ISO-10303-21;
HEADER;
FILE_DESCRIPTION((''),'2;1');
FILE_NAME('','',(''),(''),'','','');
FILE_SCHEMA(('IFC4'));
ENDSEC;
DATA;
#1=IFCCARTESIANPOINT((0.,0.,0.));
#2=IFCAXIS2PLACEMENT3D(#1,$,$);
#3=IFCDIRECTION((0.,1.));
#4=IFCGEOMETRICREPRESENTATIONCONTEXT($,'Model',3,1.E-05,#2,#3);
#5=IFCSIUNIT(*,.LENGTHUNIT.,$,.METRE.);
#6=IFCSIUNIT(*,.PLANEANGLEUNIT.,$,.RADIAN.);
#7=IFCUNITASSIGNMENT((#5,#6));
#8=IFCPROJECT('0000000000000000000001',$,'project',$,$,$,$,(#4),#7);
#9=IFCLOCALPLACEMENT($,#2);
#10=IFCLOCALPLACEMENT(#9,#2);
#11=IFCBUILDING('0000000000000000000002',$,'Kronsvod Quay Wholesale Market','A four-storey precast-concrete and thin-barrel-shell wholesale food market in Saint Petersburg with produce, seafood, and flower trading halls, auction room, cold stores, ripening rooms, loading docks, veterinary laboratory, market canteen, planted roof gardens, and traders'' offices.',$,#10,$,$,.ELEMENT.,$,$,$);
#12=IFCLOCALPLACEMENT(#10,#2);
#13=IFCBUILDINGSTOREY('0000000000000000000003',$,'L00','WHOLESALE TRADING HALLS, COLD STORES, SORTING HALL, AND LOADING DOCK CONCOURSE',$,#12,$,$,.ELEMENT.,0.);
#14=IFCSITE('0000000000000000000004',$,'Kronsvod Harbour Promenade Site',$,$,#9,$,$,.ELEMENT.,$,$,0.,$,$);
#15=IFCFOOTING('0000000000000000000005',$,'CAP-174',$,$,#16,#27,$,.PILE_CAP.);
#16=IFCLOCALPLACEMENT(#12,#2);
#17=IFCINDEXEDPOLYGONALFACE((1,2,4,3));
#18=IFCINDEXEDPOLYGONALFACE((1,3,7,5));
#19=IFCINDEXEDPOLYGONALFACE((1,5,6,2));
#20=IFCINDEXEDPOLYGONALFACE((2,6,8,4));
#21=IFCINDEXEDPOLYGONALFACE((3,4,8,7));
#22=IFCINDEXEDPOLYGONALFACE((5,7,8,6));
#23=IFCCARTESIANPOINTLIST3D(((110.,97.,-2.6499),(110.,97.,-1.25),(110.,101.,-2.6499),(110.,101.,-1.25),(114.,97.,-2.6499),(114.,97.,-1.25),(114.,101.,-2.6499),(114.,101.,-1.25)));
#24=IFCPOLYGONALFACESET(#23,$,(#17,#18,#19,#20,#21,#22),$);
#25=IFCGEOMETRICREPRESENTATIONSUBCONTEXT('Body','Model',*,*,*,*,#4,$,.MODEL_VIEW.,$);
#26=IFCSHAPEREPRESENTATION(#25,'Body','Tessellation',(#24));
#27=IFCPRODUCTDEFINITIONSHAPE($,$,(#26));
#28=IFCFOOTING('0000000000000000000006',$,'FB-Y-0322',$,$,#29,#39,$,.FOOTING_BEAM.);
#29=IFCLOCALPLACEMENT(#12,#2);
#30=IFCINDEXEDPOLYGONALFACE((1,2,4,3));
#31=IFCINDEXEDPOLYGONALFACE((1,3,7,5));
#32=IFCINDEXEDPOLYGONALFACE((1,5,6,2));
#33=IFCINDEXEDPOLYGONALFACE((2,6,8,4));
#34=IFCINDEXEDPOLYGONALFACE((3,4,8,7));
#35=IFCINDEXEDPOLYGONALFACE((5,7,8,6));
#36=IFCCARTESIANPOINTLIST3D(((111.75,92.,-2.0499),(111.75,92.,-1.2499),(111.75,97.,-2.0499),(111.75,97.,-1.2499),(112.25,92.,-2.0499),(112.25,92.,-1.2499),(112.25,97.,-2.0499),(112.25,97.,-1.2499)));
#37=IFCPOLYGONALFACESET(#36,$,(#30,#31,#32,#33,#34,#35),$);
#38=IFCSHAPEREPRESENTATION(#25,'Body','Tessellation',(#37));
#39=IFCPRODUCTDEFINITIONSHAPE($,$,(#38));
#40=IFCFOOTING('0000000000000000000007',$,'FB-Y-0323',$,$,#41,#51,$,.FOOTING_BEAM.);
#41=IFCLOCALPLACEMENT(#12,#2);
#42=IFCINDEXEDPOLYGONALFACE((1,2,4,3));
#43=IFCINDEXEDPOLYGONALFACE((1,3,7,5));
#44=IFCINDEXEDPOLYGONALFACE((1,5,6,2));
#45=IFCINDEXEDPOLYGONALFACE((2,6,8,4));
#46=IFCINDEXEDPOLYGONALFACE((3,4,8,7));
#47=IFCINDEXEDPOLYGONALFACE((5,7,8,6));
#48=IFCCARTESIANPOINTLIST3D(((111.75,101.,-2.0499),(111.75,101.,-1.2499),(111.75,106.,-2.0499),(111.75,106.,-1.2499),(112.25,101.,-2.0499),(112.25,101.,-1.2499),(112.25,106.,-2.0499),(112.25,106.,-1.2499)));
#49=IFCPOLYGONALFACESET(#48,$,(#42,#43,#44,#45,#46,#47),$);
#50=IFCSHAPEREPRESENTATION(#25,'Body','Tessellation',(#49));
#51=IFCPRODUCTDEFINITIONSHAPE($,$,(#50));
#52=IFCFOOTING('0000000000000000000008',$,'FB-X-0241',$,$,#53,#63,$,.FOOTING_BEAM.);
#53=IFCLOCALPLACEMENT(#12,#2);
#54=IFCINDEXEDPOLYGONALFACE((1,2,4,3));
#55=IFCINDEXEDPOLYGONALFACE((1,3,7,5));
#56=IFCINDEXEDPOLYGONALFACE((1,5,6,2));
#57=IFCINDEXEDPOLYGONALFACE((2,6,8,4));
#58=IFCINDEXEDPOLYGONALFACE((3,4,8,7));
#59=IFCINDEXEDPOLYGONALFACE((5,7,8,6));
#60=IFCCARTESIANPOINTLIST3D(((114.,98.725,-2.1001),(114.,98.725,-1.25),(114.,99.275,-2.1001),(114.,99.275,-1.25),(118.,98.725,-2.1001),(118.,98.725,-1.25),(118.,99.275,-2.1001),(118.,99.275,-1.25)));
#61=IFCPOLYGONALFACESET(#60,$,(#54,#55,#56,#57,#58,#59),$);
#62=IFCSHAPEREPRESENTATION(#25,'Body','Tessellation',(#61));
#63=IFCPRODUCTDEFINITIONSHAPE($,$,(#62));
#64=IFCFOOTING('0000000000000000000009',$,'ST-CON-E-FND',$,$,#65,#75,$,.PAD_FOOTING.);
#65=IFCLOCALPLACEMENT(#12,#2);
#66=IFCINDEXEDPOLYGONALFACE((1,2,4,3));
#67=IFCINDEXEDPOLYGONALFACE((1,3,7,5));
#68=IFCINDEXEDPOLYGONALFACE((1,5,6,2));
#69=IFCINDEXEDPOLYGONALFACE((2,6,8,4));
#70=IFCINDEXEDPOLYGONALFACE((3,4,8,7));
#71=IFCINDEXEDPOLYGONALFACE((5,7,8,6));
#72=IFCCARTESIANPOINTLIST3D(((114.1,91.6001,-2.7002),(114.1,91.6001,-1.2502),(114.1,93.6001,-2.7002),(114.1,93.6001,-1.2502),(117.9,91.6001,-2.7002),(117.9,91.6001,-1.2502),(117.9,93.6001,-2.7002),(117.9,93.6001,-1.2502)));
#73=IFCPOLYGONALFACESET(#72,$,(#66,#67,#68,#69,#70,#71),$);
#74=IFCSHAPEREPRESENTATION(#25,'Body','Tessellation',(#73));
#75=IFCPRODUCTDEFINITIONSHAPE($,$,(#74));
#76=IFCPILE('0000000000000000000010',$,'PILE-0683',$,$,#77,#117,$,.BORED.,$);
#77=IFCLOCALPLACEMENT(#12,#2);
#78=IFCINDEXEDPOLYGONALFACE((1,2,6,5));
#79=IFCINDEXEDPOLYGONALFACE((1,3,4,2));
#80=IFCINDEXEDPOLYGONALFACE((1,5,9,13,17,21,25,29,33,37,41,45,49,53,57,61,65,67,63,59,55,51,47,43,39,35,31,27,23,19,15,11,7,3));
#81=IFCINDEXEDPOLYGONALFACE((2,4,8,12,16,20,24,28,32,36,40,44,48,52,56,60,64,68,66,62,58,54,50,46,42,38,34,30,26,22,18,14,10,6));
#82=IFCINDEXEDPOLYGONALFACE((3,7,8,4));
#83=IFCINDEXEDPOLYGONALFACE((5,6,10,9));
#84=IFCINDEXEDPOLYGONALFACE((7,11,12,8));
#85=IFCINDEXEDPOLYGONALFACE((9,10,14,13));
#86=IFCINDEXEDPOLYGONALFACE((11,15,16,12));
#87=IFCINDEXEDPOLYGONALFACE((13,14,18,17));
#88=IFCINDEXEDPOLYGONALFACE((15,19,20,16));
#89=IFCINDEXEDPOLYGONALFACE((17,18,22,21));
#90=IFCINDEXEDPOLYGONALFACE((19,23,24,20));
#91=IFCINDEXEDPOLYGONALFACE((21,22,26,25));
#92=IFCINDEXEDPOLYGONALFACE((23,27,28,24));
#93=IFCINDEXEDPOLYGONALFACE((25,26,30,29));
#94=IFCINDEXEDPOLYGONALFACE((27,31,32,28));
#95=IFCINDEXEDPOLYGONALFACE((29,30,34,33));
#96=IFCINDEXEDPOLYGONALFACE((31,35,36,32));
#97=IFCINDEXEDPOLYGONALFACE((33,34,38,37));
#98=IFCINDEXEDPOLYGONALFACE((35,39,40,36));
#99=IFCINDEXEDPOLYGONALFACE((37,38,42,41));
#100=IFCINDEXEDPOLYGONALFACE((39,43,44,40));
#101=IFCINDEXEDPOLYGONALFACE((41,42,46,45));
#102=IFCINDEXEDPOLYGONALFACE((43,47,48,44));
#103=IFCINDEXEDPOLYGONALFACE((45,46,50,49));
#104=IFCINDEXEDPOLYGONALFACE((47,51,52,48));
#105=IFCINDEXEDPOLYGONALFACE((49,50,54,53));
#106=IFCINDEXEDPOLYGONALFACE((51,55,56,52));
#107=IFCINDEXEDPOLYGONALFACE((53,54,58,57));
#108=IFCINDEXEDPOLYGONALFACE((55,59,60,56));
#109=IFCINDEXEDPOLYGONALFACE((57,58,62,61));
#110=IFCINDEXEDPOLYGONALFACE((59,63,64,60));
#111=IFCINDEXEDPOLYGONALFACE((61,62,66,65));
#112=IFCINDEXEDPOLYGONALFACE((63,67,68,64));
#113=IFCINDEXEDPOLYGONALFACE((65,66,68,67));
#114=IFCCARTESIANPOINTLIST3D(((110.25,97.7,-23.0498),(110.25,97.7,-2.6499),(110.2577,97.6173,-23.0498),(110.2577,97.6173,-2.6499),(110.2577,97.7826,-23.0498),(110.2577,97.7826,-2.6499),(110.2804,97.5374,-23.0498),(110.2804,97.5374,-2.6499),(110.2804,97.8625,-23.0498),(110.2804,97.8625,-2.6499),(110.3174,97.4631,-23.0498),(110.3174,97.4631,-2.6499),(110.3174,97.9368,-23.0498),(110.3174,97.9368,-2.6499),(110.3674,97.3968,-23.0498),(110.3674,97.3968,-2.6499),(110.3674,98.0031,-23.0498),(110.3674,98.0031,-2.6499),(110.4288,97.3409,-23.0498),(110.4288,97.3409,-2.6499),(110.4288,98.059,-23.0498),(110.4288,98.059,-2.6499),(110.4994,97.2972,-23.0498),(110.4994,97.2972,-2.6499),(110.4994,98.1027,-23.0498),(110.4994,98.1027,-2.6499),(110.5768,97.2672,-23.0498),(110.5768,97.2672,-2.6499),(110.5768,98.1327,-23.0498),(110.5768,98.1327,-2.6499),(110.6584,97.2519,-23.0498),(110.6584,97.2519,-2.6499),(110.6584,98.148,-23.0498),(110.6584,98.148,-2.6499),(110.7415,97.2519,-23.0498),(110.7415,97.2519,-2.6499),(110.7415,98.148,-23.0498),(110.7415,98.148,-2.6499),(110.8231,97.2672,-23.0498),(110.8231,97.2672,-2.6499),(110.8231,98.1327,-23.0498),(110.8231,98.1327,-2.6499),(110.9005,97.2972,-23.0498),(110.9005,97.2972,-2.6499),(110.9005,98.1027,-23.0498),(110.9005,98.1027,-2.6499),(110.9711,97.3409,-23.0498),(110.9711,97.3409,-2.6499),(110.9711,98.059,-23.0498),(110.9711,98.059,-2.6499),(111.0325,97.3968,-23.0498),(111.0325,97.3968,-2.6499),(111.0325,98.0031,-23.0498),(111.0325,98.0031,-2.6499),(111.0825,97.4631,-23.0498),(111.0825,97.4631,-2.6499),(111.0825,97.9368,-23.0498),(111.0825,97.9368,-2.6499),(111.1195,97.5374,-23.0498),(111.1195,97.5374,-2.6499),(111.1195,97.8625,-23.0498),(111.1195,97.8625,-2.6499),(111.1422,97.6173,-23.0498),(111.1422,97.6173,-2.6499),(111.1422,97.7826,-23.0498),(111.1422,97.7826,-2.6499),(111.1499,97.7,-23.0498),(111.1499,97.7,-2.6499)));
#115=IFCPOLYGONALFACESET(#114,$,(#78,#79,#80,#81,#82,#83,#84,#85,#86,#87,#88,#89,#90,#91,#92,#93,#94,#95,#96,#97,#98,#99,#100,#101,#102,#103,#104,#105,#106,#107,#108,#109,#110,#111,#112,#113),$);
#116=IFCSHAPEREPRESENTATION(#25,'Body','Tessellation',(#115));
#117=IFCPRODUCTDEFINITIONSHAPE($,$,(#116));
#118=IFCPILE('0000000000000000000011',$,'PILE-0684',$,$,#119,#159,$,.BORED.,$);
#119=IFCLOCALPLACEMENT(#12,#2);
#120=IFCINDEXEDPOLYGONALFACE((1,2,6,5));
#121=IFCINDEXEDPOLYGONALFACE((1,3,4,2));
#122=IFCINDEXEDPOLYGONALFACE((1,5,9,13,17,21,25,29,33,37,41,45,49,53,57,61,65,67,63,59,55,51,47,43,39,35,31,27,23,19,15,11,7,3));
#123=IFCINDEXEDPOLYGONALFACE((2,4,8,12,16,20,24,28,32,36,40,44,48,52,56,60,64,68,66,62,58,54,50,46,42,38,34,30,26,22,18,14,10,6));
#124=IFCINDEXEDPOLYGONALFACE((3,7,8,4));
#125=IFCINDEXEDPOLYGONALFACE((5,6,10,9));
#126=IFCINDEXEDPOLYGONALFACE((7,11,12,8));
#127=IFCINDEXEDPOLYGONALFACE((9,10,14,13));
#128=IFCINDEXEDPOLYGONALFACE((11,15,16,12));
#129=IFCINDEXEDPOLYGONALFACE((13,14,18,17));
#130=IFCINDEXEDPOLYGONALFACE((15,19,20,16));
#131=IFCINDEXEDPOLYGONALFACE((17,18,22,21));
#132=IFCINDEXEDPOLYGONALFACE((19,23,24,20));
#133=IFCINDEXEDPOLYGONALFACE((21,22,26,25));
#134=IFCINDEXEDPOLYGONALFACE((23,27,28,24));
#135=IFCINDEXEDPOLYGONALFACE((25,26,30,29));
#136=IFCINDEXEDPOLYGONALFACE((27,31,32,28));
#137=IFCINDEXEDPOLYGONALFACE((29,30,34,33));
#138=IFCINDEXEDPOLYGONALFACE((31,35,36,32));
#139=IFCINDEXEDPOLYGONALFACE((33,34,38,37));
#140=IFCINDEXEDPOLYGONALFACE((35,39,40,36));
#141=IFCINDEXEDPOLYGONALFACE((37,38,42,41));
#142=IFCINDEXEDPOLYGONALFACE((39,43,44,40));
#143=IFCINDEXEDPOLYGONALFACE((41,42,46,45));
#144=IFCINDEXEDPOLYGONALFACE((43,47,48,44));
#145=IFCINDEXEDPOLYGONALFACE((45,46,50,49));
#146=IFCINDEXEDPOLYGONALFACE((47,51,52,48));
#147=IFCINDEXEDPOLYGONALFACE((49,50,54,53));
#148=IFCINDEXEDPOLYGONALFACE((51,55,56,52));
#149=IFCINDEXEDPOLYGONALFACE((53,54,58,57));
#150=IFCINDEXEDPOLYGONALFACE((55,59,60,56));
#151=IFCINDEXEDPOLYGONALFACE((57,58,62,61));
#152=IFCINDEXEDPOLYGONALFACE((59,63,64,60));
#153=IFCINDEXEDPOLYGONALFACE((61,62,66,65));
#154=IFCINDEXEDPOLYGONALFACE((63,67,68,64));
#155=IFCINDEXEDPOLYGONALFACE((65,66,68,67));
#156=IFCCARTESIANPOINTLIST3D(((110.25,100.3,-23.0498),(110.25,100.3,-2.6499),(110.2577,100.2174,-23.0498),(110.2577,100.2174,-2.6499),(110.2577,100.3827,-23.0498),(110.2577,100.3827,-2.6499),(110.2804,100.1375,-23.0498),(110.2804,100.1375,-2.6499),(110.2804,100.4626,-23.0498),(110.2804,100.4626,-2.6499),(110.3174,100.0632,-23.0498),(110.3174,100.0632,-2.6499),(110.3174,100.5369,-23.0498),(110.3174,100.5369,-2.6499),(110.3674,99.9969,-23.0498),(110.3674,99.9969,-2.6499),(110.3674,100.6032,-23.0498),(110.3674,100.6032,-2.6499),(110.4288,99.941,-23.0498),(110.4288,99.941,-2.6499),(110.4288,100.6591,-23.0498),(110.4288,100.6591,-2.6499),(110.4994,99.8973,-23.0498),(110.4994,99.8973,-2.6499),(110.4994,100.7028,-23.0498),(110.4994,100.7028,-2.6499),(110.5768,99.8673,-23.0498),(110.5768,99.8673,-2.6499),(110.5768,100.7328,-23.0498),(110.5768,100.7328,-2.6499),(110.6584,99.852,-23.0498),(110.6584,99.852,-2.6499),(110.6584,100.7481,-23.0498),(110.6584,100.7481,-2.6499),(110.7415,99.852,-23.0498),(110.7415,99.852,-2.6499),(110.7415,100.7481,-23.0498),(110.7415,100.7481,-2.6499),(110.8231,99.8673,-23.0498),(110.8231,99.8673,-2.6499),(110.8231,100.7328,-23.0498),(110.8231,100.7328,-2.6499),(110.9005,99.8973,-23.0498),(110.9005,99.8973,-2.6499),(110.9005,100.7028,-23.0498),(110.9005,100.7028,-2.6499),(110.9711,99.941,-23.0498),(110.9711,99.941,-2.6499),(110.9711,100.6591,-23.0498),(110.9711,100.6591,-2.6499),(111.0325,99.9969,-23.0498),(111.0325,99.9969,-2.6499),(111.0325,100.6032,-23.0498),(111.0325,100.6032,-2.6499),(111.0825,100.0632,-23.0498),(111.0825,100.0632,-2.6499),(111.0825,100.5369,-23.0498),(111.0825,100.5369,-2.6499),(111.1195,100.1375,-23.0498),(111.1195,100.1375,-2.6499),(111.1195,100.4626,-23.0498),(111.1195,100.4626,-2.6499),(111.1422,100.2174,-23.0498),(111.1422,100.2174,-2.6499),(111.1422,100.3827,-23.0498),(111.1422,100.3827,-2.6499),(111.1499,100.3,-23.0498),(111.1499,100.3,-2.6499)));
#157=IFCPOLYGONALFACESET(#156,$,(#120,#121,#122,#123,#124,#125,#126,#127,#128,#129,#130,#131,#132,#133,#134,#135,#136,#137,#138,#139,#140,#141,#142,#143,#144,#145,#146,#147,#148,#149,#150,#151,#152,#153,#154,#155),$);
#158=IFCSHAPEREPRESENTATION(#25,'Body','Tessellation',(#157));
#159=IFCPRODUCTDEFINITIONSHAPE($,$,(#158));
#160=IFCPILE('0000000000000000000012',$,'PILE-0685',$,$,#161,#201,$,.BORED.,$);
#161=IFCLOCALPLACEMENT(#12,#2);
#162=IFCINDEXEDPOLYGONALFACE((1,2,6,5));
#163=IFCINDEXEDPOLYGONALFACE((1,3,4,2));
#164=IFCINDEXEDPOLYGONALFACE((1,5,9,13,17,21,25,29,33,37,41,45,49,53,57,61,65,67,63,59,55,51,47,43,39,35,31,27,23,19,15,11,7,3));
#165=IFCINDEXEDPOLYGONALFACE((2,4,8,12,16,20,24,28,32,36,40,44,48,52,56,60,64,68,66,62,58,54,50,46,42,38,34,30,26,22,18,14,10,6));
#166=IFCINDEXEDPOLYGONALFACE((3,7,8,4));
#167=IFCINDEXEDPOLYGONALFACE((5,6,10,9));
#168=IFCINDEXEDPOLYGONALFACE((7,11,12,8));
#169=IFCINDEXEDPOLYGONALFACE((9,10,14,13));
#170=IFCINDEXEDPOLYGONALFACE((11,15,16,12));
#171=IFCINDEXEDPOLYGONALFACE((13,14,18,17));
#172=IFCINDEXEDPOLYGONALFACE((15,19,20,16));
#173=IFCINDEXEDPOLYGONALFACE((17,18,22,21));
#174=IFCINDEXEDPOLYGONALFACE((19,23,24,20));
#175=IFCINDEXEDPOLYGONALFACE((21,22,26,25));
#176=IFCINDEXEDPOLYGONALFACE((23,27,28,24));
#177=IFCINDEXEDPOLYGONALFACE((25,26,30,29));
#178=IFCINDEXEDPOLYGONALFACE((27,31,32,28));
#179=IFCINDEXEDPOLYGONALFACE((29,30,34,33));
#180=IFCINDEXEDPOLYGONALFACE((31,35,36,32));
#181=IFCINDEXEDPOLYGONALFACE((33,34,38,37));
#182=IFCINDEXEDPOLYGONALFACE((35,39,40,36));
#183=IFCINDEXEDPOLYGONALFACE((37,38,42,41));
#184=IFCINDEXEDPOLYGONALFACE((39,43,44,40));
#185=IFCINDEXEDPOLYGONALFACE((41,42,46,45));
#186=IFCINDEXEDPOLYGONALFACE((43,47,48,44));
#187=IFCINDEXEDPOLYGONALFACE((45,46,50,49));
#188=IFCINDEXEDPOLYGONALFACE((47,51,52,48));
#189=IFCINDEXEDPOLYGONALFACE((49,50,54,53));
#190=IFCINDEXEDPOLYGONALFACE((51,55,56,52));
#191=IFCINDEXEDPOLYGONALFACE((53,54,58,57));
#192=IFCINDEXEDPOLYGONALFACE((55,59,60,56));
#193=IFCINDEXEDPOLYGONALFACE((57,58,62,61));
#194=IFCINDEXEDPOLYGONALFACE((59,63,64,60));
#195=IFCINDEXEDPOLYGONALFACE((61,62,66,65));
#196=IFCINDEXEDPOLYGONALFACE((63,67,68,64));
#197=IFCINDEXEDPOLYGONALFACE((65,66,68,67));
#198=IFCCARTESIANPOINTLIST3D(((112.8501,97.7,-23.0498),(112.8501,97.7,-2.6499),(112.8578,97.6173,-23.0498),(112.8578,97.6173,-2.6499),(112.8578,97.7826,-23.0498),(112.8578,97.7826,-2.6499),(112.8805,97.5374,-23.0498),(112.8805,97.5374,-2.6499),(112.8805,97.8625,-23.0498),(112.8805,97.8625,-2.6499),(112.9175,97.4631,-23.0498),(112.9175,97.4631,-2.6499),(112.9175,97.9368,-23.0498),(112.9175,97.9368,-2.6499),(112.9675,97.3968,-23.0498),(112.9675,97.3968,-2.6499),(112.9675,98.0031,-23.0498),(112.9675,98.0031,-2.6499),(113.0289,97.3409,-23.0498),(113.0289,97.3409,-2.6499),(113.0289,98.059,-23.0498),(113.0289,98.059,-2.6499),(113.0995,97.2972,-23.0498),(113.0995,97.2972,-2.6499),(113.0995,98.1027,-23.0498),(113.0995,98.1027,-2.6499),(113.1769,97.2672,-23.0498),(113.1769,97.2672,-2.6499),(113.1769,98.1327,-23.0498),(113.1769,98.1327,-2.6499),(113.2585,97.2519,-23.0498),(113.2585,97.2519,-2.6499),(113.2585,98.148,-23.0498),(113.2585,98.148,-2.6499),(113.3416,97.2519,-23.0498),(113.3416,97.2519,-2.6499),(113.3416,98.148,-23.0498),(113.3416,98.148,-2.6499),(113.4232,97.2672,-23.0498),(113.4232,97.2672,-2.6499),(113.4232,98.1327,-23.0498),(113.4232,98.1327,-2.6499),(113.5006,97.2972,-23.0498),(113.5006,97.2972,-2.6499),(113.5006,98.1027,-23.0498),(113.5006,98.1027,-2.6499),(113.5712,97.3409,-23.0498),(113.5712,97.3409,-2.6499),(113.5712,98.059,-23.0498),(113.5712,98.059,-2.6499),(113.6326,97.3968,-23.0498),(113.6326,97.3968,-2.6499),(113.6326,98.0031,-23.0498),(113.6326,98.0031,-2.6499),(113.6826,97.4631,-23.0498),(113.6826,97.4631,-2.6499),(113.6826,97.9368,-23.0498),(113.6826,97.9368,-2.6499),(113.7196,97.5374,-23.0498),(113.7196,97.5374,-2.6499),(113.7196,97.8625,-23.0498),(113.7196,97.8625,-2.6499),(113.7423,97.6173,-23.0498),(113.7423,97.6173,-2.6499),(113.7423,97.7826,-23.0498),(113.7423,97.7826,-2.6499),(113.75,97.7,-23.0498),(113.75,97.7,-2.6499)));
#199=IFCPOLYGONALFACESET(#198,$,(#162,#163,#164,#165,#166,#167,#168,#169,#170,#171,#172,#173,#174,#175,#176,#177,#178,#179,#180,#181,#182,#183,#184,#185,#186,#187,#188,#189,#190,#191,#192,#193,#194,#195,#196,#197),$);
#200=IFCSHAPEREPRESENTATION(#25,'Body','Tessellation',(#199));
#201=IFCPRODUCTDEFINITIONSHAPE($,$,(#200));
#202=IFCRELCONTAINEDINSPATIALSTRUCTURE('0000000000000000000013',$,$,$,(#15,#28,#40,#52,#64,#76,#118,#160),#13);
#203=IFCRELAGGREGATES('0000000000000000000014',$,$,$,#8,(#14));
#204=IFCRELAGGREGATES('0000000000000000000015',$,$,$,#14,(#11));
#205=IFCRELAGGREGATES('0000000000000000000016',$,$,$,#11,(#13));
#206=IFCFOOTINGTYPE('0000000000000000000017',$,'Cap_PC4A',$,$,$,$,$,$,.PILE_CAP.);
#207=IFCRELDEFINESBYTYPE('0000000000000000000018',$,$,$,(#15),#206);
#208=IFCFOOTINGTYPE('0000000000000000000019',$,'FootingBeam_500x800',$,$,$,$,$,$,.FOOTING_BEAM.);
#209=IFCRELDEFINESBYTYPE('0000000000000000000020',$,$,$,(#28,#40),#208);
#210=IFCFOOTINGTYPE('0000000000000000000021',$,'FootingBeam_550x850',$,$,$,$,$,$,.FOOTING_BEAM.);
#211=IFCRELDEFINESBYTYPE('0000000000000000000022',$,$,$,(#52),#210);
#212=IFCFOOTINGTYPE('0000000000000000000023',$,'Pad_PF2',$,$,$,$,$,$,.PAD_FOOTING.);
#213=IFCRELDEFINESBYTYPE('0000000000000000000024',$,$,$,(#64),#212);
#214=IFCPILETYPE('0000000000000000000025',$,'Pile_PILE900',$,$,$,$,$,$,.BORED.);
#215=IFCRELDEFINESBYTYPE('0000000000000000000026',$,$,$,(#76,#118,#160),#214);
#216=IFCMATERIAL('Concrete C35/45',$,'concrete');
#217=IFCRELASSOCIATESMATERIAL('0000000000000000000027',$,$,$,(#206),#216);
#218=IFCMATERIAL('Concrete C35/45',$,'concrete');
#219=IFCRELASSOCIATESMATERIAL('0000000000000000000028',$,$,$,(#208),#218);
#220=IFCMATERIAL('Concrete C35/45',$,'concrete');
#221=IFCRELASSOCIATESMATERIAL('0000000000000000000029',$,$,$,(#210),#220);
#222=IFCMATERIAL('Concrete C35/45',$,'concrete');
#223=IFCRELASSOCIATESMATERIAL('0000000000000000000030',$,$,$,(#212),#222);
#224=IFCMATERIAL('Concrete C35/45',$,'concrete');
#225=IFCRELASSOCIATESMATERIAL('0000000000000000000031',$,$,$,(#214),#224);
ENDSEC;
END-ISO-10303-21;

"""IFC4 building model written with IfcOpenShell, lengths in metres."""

from ifc_helpers import new_model, si_unit, direction, frame, origin, origin_2d, place, context, subcontext, project, spatial, rectangle, circle, extrude, material, material_profile, profile_set, type_object, element, save


model = new_model("IFC4")

# Units and contexts
model_context = context("Model", 3, precision=1e-05, world=origin(), true_north=direction((0.0, 1.0)))
body_context = subcontext(model_context, "Body", "Model", "MODEL_VIEW")
ifc_project = project(units=[si_unit("LENGTHUNIT", "METRE"), si_unit("PLANEANGLEUNIT", "RADIAN")], contexts=[model_context])

# Site, building, storey
site_placement = place(None, origin())
site = spatial("IfcSite", under=ifc_project, at=site_placement, Name="Kronsvod Harbour Promenade Site", CompositionType="ELEMENT", RefElevation=0.0)
building_placement = place(site_placement, origin())
building = spatial("IfcBuilding", under=site, at=building_placement, Name="Kronsvod Quay Wholesale Market", Description="A four-storey precast-concrete and thin-barrel-shell wholesale food market in Saint Petersburg with produce, seafood, and flower trading halls, auction room, cold stores, ripening rooms, loading docks, veterinary laboratory, market canteen, planted roof gardens, and traders' offices.", CompositionType="ELEMENT")
storey_placement = place(building_placement, origin())
storey = spatial("IfcBuildingStorey", under=building, at=storey_placement, Name="L00", Description="WHOLESALE TRADING HALLS, COLD STORES, SORTING HALL, AND LOADING DOCK CONCOURSE", CompositionType="ELEMENT", Elevation=0.0)

# Footings
ifc_material_1 = material(Name="Concrete C35/45", Category="concrete")
footing_type_1 = type_object("IfcFootingType", Name="Cap_PC4A", PredefinedType="PILE_CAP", material=ifc_material_1)
footing_1_placement = place(storey_placement, frame((112.0, 99.0, -2.6499), z_axis=(0.0, 0.0, 1.0), x_axis=(1.0, 0.0, 0.0)))
element("IfcFooting", 1, at=footing_1_placement, inside=storey, type_object=footing_type_1, Name="CAP-174", PredefinedType="PILE_CAP", context=body_context, shape_type="SweptSolid", body=[
    extrude(rectangle(XDim=4.0, YDim=4.0, at=origin_2d()), origin(), (0.0, 0.0, 1.0), 1.3999),
])
ifc_material_2 = material(Name="Concrete C35/45", Category="concrete")
ifc_material_profile_1 = material_profile(ifc_material_2, rectangle(XDim=0.5, YDim=0.8, at=origin_2d()), Name="FB-01")
ifc_profile_set_1 = profile_set([ifc_material_profile_1], Name="Concrete C35/45")
footing_type_2 = type_object("IfcFootingType", Name="FootingBeam_500x800", PredefinedType="FOOTING_BEAM", material=ifc_profile_set_1)
for number, where, z_axis, x_axis, name in (
    (2, (112.0, 92.0, -1.6499), (0.0, 1.0, 0.0), (-1.0, 0.0, 0.0), "FB-Y-0322"),
    (3, (112.0, 101.0, -1.6499), (0.0, 1.0, 0.0), (-1.0, 0.0, 0.0), "FB-Y-0323"),
):
    element("IfcFooting", number, at=place(storey_placement, frame(where, z_axis=z_axis, x_axis=x_axis)), inside=storey, type_object=footing_type_2, Name=name, PredefinedType="FOOTING_BEAM", context=body_context, shape_type="SweptSolid", body=[
        extrude(rectangle(XDim=0.5, YDim=0.8, at=origin_2d()), origin(), (0.0, 0.0, 1.0), 5.0),
    ])
ifc_material_3 = material(Name="Concrete C35/45", Category="concrete")
ifc_material_profile_2 = material_profile(ifc_material_3, rectangle(XDim=0.55, YDim=0.8501, at=origin_2d()), Name="FB-03")
ifc_profile_set_2 = profile_set([ifc_material_profile_2], Name="Concrete C35/45")
footing_type_3 = type_object("IfcFootingType", Name="FootingBeam_550x850", PredefinedType="FOOTING_BEAM", material=ifc_profile_set_2)
footing_2_placement = place(storey_placement, frame((114.0, 99.0, -1.675), z_axis=(1.0, 0.0, 0.0), x_axis=(0.0, 1.0, 0.0)))
element("IfcFooting", 4, at=footing_2_placement, inside=storey, type_object=footing_type_3, Name="FB-X-0241", PredefinedType="FOOTING_BEAM", context=body_context, shape_type="SweptSolid", body=[
    extrude(rectangle(XDim=0.55, YDim=0.8501, at=origin_2d()), origin(), (0.0, 0.0, 1.0), 4.0),
])
ifc_material_4 = material(Name="Concrete C35/45", Category="concrete")
footing_type_4 = type_object("IfcFootingType", Name="Pad_PF2", PredefinedType="PAD_FOOTING", material=ifc_material_4)
footing_3_placement = place(storey_placement, frame((116.0, 92.6001, -2.7002), z_axis=(0.0, 0.0, 1.0), x_axis=(1.0, 0.0, 0.0)))
element("IfcFooting", 5, at=footing_3_placement, inside=storey, type_object=footing_type_4, Name="ST-CON-E-FND", PredefinedType="PAD_FOOTING", context=body_context, shape_type="SweptSolid", body=[
    extrude(rectangle(XDim=3.8, YDim=2.0, at=origin_2d()), origin(), (0.0, 0.0, 1.0), 1.45),
])

# Piles
ifc_material_5 = material(Name="Concrete C35/45", Category="concrete")
ifc_material_profile_3 = material_profile(ifc_material_5, circle(Radius=0.45, at=origin_2d()), Name="PILE900")
ifc_profile_set_3 = profile_set([ifc_material_profile_3], Name="Concrete C35/45")
pile_type = type_object("IfcPileType", Name="Pile_PILE900", PredefinedType="BORED", material=ifc_profile_set_3)
for number, where, z_axis, x_axis, name in (
    (6, (110.7, 97.7, -2.6499), (0.0, 0.0, -1.0), (1.0, 0.0, 0.0), "PILE-0683"),
    (7, (110.7, 100.3, -2.6499), (0.0, 0.0, -1.0), (1.0, 0.0, 0.0), "PILE-0684"),
    (8, (113.3, 97.7, -2.6499), (0.0, 0.0, -1.0), (1.0, 0.0, 0.0), "PILE-0685"),
):
    element("IfcPile", number, at=place(storey_placement, frame(where, z_axis=z_axis, x_axis=x_axis)), inside=storey, type_object=pile_type, Name=name, PredefinedType="BORED", context=body_context, shape_type="SweptSolid", body=[
        extrude(circle(Radius=0.45, at=origin_2d()), origin(), (0.0, 0.0, 1.0), 20.3999),
    ])

save(model, "model.ifc")
